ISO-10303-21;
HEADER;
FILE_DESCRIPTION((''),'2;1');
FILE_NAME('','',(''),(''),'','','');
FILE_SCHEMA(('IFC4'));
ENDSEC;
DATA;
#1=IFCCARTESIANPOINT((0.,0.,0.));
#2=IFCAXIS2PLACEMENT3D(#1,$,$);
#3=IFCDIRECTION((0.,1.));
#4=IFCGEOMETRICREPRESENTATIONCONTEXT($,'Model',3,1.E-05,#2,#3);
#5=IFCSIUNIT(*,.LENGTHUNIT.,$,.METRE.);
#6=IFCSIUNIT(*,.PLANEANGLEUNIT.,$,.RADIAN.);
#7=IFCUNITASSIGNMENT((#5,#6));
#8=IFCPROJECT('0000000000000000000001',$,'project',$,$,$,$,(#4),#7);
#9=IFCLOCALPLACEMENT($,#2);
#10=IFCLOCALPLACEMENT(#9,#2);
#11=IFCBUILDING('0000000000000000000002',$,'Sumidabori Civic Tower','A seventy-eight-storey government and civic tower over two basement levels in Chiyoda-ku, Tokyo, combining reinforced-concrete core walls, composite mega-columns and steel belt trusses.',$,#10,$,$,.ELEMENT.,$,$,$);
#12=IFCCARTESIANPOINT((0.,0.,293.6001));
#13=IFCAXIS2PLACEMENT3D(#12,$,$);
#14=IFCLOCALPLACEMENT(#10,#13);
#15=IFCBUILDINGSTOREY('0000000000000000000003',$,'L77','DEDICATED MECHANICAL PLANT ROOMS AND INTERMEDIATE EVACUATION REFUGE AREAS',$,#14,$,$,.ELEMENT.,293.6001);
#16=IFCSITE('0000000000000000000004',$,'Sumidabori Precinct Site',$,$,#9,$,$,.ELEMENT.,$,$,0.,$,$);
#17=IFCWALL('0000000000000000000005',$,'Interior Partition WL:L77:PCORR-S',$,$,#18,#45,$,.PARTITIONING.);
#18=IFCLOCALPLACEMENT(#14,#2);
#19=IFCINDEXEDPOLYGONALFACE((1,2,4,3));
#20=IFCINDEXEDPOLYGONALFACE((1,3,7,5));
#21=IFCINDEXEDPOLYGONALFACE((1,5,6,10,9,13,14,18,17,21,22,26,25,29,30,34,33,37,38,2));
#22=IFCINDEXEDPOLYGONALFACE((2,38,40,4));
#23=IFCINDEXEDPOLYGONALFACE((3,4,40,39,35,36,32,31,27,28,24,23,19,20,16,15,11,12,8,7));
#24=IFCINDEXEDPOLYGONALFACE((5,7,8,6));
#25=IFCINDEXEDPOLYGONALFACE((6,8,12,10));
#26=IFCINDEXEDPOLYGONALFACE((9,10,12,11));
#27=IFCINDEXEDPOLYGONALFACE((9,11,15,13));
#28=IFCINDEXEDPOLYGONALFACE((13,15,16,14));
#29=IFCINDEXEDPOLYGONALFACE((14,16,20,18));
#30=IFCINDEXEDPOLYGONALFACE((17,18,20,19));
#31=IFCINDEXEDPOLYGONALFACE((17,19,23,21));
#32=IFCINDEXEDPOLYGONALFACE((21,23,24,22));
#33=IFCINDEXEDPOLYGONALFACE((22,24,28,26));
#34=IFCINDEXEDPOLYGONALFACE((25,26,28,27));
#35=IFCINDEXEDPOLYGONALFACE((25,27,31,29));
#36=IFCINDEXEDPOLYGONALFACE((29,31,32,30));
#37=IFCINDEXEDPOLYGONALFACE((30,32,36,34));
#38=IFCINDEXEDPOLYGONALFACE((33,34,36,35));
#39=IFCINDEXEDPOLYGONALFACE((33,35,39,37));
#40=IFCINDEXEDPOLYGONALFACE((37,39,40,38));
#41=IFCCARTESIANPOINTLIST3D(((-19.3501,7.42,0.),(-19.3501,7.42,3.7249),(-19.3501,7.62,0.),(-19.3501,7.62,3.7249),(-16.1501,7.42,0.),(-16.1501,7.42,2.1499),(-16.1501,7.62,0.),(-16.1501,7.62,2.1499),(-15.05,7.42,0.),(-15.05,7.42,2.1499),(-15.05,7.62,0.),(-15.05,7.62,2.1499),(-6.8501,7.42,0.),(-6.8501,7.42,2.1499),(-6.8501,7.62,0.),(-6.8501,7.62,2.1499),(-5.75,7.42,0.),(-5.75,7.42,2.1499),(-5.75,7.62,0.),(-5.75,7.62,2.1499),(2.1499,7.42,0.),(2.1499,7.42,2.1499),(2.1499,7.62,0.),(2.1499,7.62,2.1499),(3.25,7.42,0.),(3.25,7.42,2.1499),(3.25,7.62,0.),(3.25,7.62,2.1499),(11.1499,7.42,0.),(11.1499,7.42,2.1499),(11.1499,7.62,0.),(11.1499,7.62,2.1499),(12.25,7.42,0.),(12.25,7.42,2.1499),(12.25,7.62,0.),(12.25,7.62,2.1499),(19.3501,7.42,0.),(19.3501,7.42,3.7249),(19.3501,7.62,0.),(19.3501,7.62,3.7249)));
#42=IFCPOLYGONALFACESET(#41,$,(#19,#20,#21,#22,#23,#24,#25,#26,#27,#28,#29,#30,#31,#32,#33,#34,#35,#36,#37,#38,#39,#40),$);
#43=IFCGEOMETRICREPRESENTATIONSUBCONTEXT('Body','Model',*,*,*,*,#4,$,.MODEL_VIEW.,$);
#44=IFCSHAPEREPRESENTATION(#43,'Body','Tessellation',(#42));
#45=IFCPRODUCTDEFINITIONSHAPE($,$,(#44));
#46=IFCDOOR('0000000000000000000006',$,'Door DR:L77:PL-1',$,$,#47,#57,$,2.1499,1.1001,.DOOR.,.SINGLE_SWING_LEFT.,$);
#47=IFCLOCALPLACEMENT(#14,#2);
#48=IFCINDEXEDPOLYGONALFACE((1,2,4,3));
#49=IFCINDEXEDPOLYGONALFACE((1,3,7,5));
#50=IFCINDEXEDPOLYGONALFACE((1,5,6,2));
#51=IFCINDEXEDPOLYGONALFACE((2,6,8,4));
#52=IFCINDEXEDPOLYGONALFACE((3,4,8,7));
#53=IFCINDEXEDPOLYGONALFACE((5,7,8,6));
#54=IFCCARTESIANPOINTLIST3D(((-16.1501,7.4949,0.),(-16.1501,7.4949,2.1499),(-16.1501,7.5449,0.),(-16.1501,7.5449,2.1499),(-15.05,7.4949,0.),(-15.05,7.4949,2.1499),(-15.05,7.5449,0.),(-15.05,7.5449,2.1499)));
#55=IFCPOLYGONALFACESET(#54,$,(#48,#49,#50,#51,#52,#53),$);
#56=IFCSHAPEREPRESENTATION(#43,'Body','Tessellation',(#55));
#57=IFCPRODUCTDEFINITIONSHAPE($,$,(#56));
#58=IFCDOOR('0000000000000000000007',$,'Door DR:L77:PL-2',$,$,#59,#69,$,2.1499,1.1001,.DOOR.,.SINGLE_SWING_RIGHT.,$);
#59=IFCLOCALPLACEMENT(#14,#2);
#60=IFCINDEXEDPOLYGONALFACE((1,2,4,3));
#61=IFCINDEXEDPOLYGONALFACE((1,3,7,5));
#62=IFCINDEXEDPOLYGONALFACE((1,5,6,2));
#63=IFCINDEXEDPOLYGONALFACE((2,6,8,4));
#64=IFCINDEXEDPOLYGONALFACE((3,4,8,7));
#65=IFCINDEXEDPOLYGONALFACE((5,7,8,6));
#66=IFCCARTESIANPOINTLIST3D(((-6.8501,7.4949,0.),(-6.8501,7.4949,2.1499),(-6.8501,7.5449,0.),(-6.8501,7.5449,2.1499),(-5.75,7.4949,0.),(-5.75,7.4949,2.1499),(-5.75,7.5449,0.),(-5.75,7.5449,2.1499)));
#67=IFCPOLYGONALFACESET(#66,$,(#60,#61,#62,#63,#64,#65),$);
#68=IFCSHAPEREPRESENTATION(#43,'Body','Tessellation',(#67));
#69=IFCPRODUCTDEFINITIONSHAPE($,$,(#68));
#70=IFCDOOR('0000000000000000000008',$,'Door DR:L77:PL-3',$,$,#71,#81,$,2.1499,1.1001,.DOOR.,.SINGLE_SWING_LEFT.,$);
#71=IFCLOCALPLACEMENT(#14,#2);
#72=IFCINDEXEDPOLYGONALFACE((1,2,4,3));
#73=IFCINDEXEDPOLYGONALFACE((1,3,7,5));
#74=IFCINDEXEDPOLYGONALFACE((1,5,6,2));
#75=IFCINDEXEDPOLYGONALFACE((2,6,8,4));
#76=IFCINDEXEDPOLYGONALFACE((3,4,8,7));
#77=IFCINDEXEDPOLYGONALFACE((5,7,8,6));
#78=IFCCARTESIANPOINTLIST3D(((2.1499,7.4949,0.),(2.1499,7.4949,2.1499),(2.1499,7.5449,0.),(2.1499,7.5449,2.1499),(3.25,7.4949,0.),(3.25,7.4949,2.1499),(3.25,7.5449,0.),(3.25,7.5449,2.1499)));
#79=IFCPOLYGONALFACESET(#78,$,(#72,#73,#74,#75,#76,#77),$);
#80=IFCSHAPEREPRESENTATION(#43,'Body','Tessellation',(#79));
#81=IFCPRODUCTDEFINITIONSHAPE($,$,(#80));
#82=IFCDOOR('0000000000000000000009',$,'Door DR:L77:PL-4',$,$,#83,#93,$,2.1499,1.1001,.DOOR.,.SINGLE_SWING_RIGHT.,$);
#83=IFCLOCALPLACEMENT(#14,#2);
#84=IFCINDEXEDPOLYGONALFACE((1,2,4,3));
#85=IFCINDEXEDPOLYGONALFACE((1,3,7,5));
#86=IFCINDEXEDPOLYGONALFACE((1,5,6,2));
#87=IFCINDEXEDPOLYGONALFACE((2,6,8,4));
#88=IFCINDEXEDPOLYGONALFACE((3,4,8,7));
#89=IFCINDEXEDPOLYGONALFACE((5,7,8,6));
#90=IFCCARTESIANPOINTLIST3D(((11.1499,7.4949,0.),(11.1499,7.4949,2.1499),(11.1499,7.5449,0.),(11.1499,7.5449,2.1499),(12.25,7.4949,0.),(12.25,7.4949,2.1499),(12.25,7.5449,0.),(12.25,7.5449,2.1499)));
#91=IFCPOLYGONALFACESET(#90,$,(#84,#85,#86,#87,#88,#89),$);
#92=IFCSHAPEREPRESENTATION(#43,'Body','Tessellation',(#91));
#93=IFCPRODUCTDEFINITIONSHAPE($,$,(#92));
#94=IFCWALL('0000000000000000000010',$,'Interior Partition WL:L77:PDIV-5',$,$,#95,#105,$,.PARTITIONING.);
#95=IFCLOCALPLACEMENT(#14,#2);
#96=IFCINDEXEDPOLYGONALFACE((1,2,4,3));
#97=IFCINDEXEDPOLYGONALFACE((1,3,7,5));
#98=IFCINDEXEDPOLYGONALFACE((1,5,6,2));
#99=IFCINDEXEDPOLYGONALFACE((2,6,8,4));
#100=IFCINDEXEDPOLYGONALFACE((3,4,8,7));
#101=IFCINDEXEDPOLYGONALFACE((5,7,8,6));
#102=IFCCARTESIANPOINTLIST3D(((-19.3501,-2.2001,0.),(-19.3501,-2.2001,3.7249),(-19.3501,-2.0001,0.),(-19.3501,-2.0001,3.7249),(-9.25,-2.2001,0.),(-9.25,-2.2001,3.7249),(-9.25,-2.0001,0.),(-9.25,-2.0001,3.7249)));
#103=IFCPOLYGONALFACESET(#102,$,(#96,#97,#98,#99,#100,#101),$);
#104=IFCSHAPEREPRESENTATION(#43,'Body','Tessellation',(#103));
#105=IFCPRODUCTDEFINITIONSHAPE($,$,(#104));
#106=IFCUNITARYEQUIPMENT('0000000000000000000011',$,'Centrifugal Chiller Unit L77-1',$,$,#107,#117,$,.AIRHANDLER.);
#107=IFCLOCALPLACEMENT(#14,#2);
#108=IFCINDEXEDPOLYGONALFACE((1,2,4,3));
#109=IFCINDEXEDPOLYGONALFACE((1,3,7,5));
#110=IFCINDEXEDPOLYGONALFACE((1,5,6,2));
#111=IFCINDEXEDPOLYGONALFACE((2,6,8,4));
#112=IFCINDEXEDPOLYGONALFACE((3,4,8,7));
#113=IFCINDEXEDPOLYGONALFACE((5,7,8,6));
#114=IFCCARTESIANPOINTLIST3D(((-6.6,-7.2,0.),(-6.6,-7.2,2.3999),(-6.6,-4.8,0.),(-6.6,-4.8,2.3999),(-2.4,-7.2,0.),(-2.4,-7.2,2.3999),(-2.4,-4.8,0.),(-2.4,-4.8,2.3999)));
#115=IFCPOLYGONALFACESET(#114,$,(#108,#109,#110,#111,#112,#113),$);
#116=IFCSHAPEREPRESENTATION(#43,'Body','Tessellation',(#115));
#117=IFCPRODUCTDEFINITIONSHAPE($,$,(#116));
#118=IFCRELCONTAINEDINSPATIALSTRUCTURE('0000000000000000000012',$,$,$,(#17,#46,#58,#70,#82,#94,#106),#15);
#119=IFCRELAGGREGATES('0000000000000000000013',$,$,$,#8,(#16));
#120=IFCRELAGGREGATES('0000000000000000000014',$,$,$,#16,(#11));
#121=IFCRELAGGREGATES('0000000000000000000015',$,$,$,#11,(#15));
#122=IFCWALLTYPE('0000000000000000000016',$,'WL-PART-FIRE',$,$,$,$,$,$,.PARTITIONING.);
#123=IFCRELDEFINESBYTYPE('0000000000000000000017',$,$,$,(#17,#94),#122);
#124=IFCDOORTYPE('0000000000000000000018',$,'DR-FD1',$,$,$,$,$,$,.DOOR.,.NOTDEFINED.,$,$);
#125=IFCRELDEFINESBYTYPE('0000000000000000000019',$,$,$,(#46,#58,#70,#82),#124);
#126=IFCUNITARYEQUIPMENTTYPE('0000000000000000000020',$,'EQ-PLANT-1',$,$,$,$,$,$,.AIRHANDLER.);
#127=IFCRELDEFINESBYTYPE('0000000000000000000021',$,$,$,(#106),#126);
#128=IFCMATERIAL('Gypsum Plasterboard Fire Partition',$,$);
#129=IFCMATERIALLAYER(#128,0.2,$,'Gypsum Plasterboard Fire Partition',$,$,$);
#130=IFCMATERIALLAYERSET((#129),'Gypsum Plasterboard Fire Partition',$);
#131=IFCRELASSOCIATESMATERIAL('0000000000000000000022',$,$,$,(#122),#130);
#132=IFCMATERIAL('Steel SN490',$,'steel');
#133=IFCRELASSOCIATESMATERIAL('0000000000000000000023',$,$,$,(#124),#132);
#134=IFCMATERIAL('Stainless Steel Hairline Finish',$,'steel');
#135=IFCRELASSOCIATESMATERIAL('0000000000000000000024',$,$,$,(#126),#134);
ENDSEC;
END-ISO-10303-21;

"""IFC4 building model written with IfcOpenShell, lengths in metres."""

from ifc_helpers import new_model, si_unit, direction, frame, frame_2d, origin, origin_2d, place, context, subcontext, project, spatial, rectangle, extrude, source, transform, mapped, material, layer, layer_set, type_object, element, fill, save


model = new_model("IFC4")

# Units and contexts
model_context = context("Model", 3, precision=1e-05, world=origin(), true_north=direction((0.0, 1.0)))
body_context = subcontext(model_context, "Body", "Model", "MODEL_VIEW")
ifc_project = project(units=[si_unit("LENGTHUNIT", "METRE"), si_unit("PLANEANGLEUNIT", "RADIAN")], contexts=[model_context])

# Site, building, storey
site_placement = place(None, origin())
site = spatial("IfcSite", under=ifc_project, at=site_placement, Name="Sumidabori Precinct Site", CompositionType="ELEMENT", RefElevation=0.0)
building_placement = place(site_placement, origin())
building = spatial("IfcBuilding", under=site, at=building_placement, Name="Sumidabori Civic Tower", Description="A seventy-eight-storey government and civic tower over two basement levels in Chiyoda-ku, Tokyo, combining reinforced-concrete core walls, composite mega-columns and steel belt trusses.", CompositionType="ELEMENT")
storey_placement = place(building_placement, frame((0.0, 0.0, 293.6001)))
storey = spatial("IfcBuildingStorey", under=building, at=storey_placement, Name="L77", Description="DEDICATED MECHANICAL PLANT ROOMS AND INTERMEDIATE EVACUATION REFUGE AREAS", CompositionType="ELEMENT", Elevation=293.6001)

# Shared definitions
ifc_material_1 = material(Name="Steel SN490", Category="steel")

# Wall, openings, doors
ifc_material_2 = material(Name="Gypsum Plasterboard Fire Partition")
ifc_layer_1 = layer(ifc_material_2, 0.2, Name="Gypsum Plasterboard Fire Partition")
ifc_layer_set_1 = layer_set([ifc_layer_1], Name="Gypsum Plasterboard Fire Partition")
wall_type_1 = type_object("IfcWallType", Name="WL-PART-FIRE", PredefinedType="PARTITIONING", material=ifc_layer_set_1)
shared_shape_1 = source(origin(), body_context, "Body", "SweptSolid", [
    extrude(rectangle(XDim=38.7002, YDim=0.2, at=frame_2d((19.3501, 0.0))), origin(), (0.0, 0.0, 1.0), 3.7249),
])
wall_1_placement = place(storey_placement, frame((-19.3501, 7.52, 0.0), z_axis=(0.0, 0.0, 1.0), x_axis=(1.0, 0.0, 0.0)))
wall_1 = element("IfcWall", 1, at=wall_1_placement, inside=storey, type_object=wall_type_1, Name="Interior Partition WL:L77:PCORR-S", PredefinedType="PARTITIONING", context=body_context, shape_type="MappedRepresentation", body=[
    mapped(shared_shape_1, transform((0.0, 0.0, 0.0), x_axis=(1.0, 0.0, 0.0), y_axis=(0.0, 1.0, 0.0), z_axis=(0.0, 0.0, 1.0), scale=1.0)),
])
opening_1_placement = place(wall_1_placement, frame((3.2, 0.0, 0.0)))
opening_1 = element("IfcOpeningElement", 2, at=opening_1_placement, cuts=wall_1, PredefinedType="OPENING", context=body_context, shape_type="SweptSolid", body=[
    extrude(rectangle(XDim=1.1001, YDim=2.1499, at=frame_2d((0.55, 1.075))), frame((0.0, 0.1118, 0.0), z_axis=(0.0, -1.0, 0.0), x_axis=(1.0, 0.0, 0.0)), (0.0, 0.0, 1.0), 0.2239),
])
opening_2_placement = place(wall_1_placement, frame((12.5, 0.0, 0.0)))
opening_2 = element("IfcOpeningElement", 3, at=opening_2_placement, cuts=wall_1, PredefinedType="OPENING", context=body_context, shape_type="SweptSolid", body=[
    extrude(rectangle(XDim=1.1001, YDim=2.1499, at=frame_2d((0.55, 1.075))), frame((0.0, 0.1118, 0.0), z_axis=(0.0, -1.0, 0.0), x_axis=(1.0, 0.0, 0.0)), (0.0, 0.0, 1.0), 0.2239),
])
opening_3_placement = place(wall_1_placement, frame((21.5, 0.0, 0.0)))
opening_3 = element("IfcOpeningElement", 4, at=opening_3_placement, cuts=wall_1, PredefinedType="OPENING", context=body_context, shape_type="SweptSolid", body=[
    extrude(rectangle(XDim=1.1001, YDim=2.1499, at=frame_2d((0.55, 1.075))), frame((0.0, 0.1118, 0.0), z_axis=(0.0, -1.0, 0.0), x_axis=(1.0, 0.0, 0.0)), (0.0, 0.0, 1.0), 0.2239),
])
opening_4_placement = place(wall_1_placement, frame((30.5, 0.0, 0.0)))
opening_4 = element("IfcOpeningElement", 5, at=opening_4_placement, cuts=wall_1, PredefinedType="OPENING", context=body_context, shape_type="SweptSolid", body=[
    extrude(rectangle(XDim=1.1001, YDim=2.1499, at=frame_2d((0.55, 1.075))), frame((0.0, 0.1118, 0.0), z_axis=(0.0, -1.0, 0.0), x_axis=(1.0, 0.0, 0.0)), (0.0, 0.0, 1.0), 0.2239),
])
door_type = type_object("IfcDoorType", Name="DR-FD1", OperationType="NOTDEFINED", PredefinedType="DOOR", material=ifc_material_1)
shared_shape_2 = source(origin(), body_context, "Body", "SweptSolid", [
    extrude(rectangle(XDim=1.1001, YDim=2.1499, at=frame_2d((0.55, 1.075))), frame((0.0, 0.0249, 0.0), z_axis=(0.0, -1.0, 0.0), x_axis=(1.0, 0.0, 0.0)), (0.0, 0.0, 1.0), 0.05),
])
door_1_placement = place(opening_1_placement, origin())
door_1 = element("IfcDoor", 6, at=door_1_placement, inside=storey, type_object=door_type, Name="Door DR:L77:PL-1", OperationType="SINGLE_SWING_LEFT", OverallHeight=2.1499, OverallWidth=1.1001, PredefinedType="DOOR", context=body_context, shape_type="MappedRepresentation", body=[
    mapped(shared_shape_2, transform((0.0, 0.0, 0.0), x_axis=(1.0, 0.0, 0.0), y_axis=(0.0, 1.0, 0.0), z_axis=(0.0, 0.0, 1.0), scale=1.0)),
])
fill(opening_1, door_1)
door_2_placement = place(opening_2_placement, origin())
door_2 = element("IfcDoor", 7, at=door_2_placement, inside=storey, type_object=door_type, Name="Door DR:L77:PL-2", OperationType="SINGLE_SWING_RIGHT", OverallHeight=2.1499, OverallWidth=1.1001, PredefinedType="DOOR", context=body_context, shape_type="MappedRepresentation", body=[
    mapped(shared_shape_2, transform((0.0, 0.0, 0.0), x_axis=(1.0, 0.0, 0.0), y_axis=(0.0, 1.0, 0.0), z_axis=(0.0, 0.0, 1.0), scale=1.0)),
])
fill(opening_2, door_2)
door_3_placement = place(opening_3_placement, origin())
door_3 = element("IfcDoor", 8, at=door_3_placement, inside=storey, type_object=door_type, Name="Door DR:L77:PL-3", OperationType="SINGLE_SWING_LEFT", OverallHeight=2.1499, OverallWidth=1.1001, PredefinedType="DOOR", context=body_context, shape_type="MappedRepresentation", body=[
    mapped(shared_shape_2, transform((0.0, 0.0, 0.0), x_axis=(1.0, 0.0, 0.0), y_axis=(0.0, 1.0, 0.0), z_axis=(0.0, 0.0, 1.0), scale=1.0)),
])
fill(opening_3, door_3)
door_4_placement = place(opening_4_placement, origin())
door_4 = element("IfcDoor", 9, at=door_4_placement, inside=storey, type_object=door_type, Name="Door DR:L77:PL-4", OperationType="SINGLE_SWING_RIGHT", OverallHeight=2.1499, OverallWidth=1.1001, PredefinedType="DOOR", context=body_context, shape_type="MappedRepresentation", body=[
    mapped(shared_shape_2, transform((0.0, 0.0, 0.0), x_axis=(1.0, 0.0, 0.0), y_axis=(0.0, 1.0, 0.0), z_axis=(0.0, 0.0, 1.0), scale=1.0)),
])
fill(opening_4, door_4)

# Wall
shared_shape_3 = source(origin(), body_context, "Body", "SweptSolid", [
    extrude(rectangle(XDim=10.1001, YDim=0.2, at=frame_2d((5.05, 0.0))), origin(), (0.0, 0.0, 1.0), 3.7249),
])
wall_2_placement = place(storey_placement, frame((-19.3501, -2.1001, 0.0), z_axis=(0.0, 0.0, 1.0), x_axis=(1.0, 0.0, 0.0)))
element("IfcWall", 10, at=wall_2_placement, inside=storey, type_object=wall_type_1, Name="Interior Partition WL:L77:PDIV-5", PredefinedType="PARTITIONING", context=body_context, shape_type="MappedRepresentation", body=[
    mapped(shared_shape_3, transform((0.0, 0.0, 0.0), x_axis=(1.0, 0.0, 0.0), y_axis=(0.0, 1.0, 0.0), z_axis=(0.0, 0.0, 1.0), scale=1.0)),
])

# Unitary equipment
ifc_material_3 = material(Name="Stainless Steel Hairline Finish", Category="steel")
unitary_equipment_type = type_object("IfcUnitaryEquipmentType", Name="EQ-PLANT-1", PredefinedType="AIRHANDLER", material=ifc_material_3)
shared_shape_4 = source(origin(), body_context, "Body", "SweptSolid", [
    extrude(rectangle(XDim=4.2, YDim=2.3999, at=origin_2d()), origin(), (0.0, 0.0, 1.0), 2.3999),
])
unitary_equipment_placement = place(storey_placement, frame((-4.5, -6.0, 0.0), z_axis=(0.0, 0.0, 1.0), x_axis=(1.0, 0.0, 0.0)))
element("IfcUnitaryEquipment", 11, at=unitary_equipment_placement, inside=storey, type_object=unitary_equipment_type, Name="Centrifugal Chiller Unit L77-1", PredefinedType="AIRHANDLER", context=body_context, shape_type="MappedRepresentation", body=[
    mapped(shared_shape_4, transform((0.0, 0.0, 0.0), x_axis=(1.0, 0.0, 0.0), y_axis=(0.0, 1.0, 0.0), z_axis=(0.0, 0.0, 1.0), scale=1.0)),
])

save(model, "model.ifc")
